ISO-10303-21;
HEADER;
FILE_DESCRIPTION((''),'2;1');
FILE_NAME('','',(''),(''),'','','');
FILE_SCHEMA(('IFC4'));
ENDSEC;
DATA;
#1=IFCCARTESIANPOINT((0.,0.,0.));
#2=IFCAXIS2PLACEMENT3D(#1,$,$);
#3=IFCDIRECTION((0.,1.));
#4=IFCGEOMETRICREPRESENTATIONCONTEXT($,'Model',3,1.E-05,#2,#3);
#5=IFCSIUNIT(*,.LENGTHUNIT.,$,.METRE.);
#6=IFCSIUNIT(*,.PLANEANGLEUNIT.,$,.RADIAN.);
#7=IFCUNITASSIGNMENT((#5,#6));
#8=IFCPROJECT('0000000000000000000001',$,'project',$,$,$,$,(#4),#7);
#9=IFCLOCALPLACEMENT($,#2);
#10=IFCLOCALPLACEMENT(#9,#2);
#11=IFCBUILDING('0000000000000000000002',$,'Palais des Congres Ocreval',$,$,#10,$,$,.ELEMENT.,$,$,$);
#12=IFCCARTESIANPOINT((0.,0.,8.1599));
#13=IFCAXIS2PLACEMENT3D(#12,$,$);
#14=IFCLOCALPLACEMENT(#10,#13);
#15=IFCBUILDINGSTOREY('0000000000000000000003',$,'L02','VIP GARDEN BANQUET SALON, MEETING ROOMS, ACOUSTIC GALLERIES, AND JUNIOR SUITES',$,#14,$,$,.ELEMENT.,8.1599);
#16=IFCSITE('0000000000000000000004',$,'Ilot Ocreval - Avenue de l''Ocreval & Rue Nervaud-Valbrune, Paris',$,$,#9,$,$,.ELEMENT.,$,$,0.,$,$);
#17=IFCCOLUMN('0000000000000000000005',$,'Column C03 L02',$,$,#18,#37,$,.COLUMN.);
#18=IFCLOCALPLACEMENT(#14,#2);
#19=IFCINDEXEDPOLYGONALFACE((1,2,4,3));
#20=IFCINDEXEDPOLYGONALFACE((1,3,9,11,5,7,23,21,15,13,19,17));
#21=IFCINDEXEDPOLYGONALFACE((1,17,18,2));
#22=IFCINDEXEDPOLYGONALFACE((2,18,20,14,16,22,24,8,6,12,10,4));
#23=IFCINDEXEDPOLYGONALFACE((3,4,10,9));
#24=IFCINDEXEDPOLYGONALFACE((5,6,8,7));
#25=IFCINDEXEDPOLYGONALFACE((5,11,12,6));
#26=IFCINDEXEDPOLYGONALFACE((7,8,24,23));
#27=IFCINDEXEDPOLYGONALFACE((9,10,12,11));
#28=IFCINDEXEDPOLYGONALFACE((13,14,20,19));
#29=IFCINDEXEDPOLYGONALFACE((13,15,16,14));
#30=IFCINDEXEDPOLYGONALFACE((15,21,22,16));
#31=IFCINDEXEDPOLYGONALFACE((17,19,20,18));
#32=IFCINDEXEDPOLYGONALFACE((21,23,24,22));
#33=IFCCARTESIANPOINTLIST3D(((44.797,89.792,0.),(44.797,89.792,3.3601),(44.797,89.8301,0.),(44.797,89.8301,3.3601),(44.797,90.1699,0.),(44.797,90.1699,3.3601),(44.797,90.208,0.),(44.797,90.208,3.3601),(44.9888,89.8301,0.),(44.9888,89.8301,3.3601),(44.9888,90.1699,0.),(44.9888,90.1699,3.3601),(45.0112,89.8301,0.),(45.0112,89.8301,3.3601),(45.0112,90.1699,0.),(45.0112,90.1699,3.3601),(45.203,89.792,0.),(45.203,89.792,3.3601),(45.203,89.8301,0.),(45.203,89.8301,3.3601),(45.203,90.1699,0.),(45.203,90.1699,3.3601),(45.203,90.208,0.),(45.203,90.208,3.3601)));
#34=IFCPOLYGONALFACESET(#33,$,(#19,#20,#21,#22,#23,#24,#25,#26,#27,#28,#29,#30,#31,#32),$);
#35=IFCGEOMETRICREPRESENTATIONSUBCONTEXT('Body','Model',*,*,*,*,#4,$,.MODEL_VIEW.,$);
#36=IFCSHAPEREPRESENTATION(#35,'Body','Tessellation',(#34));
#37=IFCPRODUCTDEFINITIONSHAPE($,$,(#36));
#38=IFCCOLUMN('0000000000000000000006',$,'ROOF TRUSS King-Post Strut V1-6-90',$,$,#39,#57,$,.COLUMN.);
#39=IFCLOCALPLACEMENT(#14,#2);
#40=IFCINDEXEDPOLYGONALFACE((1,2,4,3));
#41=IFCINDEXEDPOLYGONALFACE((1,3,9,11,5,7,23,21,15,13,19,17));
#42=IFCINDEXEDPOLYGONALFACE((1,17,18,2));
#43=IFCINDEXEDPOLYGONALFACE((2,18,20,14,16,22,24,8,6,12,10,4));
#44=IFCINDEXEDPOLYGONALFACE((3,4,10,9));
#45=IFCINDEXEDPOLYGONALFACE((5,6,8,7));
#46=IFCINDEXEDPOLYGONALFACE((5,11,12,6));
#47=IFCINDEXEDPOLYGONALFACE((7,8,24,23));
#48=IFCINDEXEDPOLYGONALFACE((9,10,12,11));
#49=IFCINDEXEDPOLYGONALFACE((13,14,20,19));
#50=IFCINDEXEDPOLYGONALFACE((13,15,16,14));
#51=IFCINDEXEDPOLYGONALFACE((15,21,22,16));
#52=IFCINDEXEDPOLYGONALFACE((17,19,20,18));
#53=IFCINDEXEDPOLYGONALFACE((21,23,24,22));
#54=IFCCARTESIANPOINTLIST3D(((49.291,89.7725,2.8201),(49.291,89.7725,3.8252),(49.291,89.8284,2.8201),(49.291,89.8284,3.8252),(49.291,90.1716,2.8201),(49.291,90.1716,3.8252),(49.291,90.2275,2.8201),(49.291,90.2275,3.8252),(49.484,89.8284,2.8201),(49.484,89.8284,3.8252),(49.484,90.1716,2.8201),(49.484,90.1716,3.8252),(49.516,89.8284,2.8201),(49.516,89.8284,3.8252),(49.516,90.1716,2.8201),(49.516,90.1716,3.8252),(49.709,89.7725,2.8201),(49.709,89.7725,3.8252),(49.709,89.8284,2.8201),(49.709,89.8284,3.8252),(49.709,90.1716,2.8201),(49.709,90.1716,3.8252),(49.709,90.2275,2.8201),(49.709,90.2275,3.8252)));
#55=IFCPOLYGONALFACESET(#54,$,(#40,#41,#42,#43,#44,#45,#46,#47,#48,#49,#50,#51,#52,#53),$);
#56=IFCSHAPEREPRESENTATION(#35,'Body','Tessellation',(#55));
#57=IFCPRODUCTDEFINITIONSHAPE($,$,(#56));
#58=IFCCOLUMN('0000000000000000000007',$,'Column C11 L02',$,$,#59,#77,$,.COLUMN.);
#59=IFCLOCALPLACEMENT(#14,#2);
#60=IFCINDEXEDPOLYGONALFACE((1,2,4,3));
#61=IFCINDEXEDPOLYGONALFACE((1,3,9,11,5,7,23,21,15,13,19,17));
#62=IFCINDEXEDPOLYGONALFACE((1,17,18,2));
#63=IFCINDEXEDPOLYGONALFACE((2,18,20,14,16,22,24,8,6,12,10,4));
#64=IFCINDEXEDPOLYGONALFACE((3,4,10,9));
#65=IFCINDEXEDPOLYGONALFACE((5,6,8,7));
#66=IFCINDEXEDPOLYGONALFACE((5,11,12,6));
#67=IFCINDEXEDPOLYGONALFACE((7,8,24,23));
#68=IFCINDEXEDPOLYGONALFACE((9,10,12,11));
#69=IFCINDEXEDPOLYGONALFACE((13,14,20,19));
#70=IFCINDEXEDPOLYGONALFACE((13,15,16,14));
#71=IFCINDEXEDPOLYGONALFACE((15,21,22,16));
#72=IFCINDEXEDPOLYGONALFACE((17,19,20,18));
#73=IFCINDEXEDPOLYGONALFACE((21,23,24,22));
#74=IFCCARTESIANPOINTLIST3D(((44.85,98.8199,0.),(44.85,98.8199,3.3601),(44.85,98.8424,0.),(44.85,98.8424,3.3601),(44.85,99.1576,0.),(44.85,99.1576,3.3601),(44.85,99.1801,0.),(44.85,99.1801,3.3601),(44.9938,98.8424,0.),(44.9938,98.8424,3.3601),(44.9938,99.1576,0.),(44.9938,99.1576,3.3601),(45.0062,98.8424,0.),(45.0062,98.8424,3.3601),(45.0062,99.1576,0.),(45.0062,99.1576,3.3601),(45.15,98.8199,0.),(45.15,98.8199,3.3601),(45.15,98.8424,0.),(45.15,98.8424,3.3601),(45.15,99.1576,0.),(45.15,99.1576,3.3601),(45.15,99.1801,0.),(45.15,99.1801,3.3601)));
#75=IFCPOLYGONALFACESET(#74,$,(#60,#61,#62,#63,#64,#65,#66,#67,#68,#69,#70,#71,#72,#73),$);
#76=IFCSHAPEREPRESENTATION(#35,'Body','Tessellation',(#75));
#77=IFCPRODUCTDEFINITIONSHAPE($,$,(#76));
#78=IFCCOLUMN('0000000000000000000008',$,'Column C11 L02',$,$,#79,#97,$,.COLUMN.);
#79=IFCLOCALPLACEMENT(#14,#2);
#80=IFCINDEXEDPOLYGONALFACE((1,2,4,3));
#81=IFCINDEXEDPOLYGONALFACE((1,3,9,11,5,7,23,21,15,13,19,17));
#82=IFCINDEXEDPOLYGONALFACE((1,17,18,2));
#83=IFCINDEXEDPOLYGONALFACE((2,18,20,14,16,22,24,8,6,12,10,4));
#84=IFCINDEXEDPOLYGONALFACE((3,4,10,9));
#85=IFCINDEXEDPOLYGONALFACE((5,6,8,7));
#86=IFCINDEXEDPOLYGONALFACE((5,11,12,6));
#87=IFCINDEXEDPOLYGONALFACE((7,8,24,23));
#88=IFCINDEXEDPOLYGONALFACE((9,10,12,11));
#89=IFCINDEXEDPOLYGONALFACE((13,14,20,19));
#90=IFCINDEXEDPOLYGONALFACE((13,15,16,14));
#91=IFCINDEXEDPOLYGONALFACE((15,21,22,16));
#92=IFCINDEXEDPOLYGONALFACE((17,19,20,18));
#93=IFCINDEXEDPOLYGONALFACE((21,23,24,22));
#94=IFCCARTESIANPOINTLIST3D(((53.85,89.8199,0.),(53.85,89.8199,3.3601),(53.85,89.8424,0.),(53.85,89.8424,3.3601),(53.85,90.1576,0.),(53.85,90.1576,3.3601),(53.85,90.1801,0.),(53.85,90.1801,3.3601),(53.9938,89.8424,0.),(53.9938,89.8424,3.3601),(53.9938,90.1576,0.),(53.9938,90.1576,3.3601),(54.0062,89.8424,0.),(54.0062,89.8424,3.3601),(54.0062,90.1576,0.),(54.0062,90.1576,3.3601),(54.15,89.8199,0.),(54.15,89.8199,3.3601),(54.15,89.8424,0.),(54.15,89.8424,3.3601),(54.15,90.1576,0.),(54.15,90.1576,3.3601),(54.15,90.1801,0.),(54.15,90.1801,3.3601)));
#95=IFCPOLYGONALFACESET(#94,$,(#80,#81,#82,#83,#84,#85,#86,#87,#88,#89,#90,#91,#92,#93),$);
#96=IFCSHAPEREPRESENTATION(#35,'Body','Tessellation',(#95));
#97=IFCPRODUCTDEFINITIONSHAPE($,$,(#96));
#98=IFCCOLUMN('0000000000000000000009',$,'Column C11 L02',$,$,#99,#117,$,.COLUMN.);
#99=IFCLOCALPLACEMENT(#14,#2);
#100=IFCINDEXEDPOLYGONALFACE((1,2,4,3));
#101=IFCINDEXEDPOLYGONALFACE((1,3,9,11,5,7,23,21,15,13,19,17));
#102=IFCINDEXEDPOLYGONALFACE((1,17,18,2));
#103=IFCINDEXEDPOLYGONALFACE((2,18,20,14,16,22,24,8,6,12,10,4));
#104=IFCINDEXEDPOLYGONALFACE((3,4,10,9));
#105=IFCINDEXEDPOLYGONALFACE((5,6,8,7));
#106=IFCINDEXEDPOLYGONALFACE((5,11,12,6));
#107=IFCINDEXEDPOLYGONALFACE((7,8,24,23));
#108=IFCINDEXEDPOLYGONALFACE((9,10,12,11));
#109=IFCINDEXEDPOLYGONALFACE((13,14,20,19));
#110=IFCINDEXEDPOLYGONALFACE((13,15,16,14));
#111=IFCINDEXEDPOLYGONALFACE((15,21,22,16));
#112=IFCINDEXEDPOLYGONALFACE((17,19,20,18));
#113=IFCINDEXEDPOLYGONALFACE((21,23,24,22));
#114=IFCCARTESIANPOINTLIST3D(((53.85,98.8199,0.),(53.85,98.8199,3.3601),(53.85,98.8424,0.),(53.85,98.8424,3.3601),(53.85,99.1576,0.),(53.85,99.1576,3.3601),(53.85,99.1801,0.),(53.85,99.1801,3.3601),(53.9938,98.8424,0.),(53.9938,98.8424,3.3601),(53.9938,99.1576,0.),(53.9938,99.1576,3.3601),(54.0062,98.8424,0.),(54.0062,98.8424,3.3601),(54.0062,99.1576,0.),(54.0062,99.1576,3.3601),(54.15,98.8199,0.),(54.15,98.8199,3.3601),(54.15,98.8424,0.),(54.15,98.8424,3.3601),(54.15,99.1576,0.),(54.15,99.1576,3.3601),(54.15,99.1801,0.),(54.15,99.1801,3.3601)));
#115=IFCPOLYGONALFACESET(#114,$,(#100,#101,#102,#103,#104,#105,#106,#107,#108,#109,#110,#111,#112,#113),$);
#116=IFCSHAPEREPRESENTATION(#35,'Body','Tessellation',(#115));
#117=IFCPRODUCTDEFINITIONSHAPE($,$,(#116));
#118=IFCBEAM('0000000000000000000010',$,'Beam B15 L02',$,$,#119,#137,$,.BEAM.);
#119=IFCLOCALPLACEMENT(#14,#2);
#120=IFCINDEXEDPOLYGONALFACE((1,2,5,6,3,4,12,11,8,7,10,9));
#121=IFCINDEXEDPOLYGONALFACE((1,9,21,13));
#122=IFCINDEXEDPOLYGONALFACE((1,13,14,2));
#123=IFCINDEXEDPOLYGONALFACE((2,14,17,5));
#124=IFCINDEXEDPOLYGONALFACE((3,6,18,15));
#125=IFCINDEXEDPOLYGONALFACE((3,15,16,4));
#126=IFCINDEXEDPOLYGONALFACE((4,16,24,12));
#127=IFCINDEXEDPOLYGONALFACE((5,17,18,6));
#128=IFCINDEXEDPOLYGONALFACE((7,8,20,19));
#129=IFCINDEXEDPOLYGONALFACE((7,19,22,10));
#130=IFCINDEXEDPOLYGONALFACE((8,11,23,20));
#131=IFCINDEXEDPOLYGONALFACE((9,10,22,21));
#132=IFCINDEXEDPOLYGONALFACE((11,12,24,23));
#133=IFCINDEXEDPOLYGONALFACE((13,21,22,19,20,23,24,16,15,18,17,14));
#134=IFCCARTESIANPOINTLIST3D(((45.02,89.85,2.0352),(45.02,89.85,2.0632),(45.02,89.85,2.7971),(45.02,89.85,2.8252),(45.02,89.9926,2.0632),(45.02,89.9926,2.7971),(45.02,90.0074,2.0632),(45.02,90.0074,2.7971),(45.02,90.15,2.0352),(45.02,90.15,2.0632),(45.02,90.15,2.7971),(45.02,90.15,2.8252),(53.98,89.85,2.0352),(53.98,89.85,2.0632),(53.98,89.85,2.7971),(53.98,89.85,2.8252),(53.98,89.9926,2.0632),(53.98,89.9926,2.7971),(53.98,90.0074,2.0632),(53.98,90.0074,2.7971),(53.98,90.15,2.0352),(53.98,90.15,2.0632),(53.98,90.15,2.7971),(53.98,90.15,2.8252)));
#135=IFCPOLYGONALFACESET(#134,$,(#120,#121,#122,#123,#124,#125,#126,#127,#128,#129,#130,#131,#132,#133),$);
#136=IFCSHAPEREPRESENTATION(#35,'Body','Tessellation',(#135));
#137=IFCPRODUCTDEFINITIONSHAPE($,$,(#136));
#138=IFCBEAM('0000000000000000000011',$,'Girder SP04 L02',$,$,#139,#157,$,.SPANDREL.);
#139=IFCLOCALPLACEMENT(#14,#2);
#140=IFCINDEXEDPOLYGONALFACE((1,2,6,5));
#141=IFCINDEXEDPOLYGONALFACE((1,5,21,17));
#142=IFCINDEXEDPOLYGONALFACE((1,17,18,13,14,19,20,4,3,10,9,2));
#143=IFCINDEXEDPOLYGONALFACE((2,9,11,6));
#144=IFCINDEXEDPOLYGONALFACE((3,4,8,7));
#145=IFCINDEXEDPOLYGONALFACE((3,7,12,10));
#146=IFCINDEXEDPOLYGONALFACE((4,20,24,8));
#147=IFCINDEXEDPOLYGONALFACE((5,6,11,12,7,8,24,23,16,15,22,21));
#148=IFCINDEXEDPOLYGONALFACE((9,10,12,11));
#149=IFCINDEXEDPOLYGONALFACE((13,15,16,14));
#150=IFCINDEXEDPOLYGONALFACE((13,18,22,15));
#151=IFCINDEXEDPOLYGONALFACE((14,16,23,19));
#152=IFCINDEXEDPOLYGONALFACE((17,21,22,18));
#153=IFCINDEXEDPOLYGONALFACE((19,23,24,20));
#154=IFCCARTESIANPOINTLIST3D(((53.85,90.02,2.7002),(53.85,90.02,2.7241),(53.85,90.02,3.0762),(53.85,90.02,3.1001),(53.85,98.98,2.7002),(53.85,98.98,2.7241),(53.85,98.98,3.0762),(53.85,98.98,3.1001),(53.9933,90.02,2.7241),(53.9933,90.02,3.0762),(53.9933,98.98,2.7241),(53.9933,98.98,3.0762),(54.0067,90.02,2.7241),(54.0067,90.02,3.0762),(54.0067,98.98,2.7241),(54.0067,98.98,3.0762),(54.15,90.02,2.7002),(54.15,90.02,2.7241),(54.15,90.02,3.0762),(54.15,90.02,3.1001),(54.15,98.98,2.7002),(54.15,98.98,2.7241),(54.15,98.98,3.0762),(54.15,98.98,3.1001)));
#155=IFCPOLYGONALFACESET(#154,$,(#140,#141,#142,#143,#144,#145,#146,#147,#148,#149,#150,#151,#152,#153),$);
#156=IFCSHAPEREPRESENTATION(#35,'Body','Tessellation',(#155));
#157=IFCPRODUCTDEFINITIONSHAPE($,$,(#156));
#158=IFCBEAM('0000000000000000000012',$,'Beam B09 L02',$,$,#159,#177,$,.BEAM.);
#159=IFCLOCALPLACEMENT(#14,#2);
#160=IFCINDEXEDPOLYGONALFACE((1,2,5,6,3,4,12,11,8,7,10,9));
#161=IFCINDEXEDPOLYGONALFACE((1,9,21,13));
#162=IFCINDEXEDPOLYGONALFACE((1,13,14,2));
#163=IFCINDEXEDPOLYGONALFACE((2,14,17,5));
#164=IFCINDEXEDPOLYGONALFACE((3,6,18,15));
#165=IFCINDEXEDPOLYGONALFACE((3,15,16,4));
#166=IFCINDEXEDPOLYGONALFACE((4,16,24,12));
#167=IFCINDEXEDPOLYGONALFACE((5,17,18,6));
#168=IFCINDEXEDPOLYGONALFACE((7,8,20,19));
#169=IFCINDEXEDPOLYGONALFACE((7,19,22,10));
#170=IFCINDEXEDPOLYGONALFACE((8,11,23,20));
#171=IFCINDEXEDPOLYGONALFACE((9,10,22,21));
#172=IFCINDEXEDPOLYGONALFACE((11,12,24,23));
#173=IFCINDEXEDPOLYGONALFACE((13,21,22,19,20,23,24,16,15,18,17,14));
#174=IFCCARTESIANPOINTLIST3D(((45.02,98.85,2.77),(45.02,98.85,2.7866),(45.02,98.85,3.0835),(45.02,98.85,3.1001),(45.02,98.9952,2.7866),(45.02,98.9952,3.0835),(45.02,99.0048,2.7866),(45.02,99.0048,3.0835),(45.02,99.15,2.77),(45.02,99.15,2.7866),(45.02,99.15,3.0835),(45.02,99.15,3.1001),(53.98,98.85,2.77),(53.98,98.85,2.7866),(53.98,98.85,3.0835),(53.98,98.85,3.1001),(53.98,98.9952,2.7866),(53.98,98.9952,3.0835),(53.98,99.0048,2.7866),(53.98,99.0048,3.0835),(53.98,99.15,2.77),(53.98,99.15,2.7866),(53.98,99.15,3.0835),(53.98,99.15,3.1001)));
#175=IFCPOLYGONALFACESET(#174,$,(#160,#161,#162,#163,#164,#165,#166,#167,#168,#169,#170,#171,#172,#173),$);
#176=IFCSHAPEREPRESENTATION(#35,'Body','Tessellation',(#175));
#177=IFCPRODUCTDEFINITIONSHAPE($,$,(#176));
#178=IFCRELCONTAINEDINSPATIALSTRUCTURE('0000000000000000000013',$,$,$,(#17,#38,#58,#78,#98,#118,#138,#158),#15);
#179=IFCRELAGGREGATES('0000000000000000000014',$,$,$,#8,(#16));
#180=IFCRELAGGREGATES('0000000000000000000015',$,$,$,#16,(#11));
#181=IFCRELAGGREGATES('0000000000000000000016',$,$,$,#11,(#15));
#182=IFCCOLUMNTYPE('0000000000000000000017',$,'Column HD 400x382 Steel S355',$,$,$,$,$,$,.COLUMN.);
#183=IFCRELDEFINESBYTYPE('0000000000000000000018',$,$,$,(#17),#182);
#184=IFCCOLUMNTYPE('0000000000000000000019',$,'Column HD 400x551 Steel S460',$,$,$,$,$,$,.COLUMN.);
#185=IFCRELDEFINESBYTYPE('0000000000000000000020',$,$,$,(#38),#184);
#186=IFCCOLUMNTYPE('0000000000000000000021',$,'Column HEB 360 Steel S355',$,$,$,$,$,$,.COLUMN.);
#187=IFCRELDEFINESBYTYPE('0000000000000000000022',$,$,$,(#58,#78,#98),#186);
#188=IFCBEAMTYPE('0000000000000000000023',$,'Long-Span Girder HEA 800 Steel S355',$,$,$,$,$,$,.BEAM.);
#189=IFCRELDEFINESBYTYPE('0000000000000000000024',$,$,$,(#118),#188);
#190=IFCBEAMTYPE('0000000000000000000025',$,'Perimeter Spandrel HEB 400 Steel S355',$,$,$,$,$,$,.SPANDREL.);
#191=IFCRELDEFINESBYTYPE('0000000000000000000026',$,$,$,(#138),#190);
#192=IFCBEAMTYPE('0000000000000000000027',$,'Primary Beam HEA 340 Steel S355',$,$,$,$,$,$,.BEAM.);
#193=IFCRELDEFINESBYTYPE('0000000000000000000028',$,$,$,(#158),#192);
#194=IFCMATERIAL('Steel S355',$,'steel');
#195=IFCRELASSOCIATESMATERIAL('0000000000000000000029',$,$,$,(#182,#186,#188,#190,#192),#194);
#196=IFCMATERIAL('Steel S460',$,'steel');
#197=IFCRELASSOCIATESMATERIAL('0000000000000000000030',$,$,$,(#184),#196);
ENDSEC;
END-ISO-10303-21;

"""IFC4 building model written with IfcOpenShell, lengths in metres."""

from ifc_helpers import new_model, si_unit, direction, frame, origin, origin_2d, place, context, subcontext, project, spatial, i_section, extrude, material, material_profile, profile_set, type_object, element, save


model = new_model("IFC4")

# Units and contexts
model_context = context("Model", 3, precision=1e-05, world=origin(), true_north=direction((0.0, 1.0)))
body_context = subcontext(model_context, "Body", "Model", "MODEL_VIEW")
ifc_project = project(units=[si_unit("LENGTHUNIT", "METRE"), si_unit("PLANEANGLEUNIT", "RADIAN")], contexts=[model_context])

# Site, building, storey
site_placement = place(None, origin())
site = spatial("IfcSite", under=ifc_project, at=site_placement, Name="Ilot Ocreval - Avenue de l'Ocreval & Rue Nervaud-Valbrune, Paris", CompositionType="ELEMENT", RefElevation=0.0)
building_placement = place(site_placement, origin())
building = spatial("IfcBuilding", under=site, at=building_placement, Name="Palais des Congres Ocreval", CompositionType="ELEMENT")
storey_placement = place(building_placement, frame((0.0, 0.0, 8.1599)))
storey = spatial("IfcBuildingStorey", under=building, at=storey_placement, Name="L02", Description="VIP GARDEN BANQUET SALON, MEETING ROOMS, ACOUSTIC GALLERIES, AND JUNIOR SUITES", CompositionType="ELEMENT", Elevation=8.1599)

# Columns
ifc_material_1 = material(Name="Steel S355", Category="steel")
ifc_material_profile_1 = material_profile(ifc_material_1, i_section(OverallWidth=0.406, OverallDepth=0.416, WebThickness=0.0225, FlangeThickness=0.0381, at=origin_2d()), Name="HD 400x382")
ifc_profile_set_1 = profile_set([ifc_material_profile_1], Name="Steel S355")
column_type_1 = type_object("IfcColumnType", Name="Column HD 400x382 Steel S355", PredefinedType="COLUMN", material=ifc_profile_set_1)
column_1_placement = place(storey_placement, frame((45.0, 90.0, 0.0), z_axis=(0.0, 0.0, 1.0), x_axis=(1.0, 0.0, 0.0)))
element("IfcColumn", 1, at=column_1_placement, inside=storey, type_object=column_type_1, Name="Column C03 L02", PredefinedType="COLUMN", context=body_context, shape_type="SweptSolid", body=[
    extrude(i_section(OverallWidth=0.406, OverallDepth=0.416, WebThickness=0.0225, FlangeThickness=0.0381, at=origin_2d()), origin(), (0.0, 0.0, 1.0), 3.3601),
])
ifc_material_2 = material(Name="Steel S460", Category="steel")
ifc_material_profile_2 = material_profile(ifc_material_2, i_section(OverallWidth=0.418, OverallDepth=0.4551, WebThickness=0.032, FlangeThickness=0.0559, at=origin_2d()), Name="HD 400x551")
ifc_profile_set_2 = profile_set([ifc_material_profile_2], Name="Steel S460")
column_type_2 = type_object("IfcColumnType", Name="Column HD 400x551 Steel S460", PredefinedType="COLUMN", material=ifc_profile_set_2)
column_2_placement = place(storey_placement, frame((49.5, 90.0, 2.8201), z_axis=(0.0, 0.0, 1.0), x_axis=(1.0, 0.0, 0.0)))
element("IfcColumn", 2, at=column_2_placement, inside=storey, type_object=column_type_2, Name="ROOF TRUSS King-Post Strut V1-6-90", PredefinedType="COLUMN", context=body_context, shape_type="SweptSolid", body=[
    extrude(i_section(OverallWidth=0.418, OverallDepth=0.4551, WebThickness=0.032, FlangeThickness=0.0559, at=origin_2d()), origin(), (0.0, 0.0, 1.0), 1.0051),
])
ifc_material_profile_3 = material_profile(ifc_material_1, i_section(OverallWidth=0.3, OverallDepth=0.3601, WebThickness=0.0125, FlangeThickness=0.0225, at=origin_2d()), Name="HEB 360")
ifc_profile_set_3 = profile_set([ifc_material_profile_3], Name="Steel S355")
column_type_3 = type_object("IfcColumnType", Name="Column HEB 360 Steel S355", PredefinedType="COLUMN", material=ifc_profile_set_3)
for number, where, z_axis, x_axis, name in (
    (3, (45.0, 99.0, 0.0), (0.0, 0.0, 1.0), (1.0, 0.0, 0.0), "Column C11 L02"),
    (4, (54.0, 90.0, 0.0), (0.0, 0.0, 1.0), (1.0, 0.0, 0.0), "Column C11 L02"),
    (5, (54.0, 99.0, 0.0), (0.0, 0.0, 1.0), (1.0, 0.0, 0.0), "Column C11 L02"),
):
    element("IfcColumn", number, at=place(storey_placement, frame(where, z_axis=z_axis, x_axis=x_axis)), inside=storey, type_object=column_type_3, Name=name, PredefinedType="COLUMN", context=body_context, shape_type="SweptSolid", body=[
        extrude(i_section(OverallWidth=0.3, OverallDepth=0.3601, WebThickness=0.0125, FlangeThickness=0.0225, at=origin_2d()), origin(), (0.0, 0.0, 1.0), 3.3601),
    ])

# Beams
ifc_material_profile_4 = material_profile(ifc_material_1, i_section(OverallWidth=0.3, OverallDepth=0.79, WebThickness=0.0149, FlangeThickness=0.0281, at=origin_2d()), Name="HEA 800")
ifc_profile_set_4 = profile_set([ifc_material_profile_4], Name="Steel S355")
beam_type_1 = type_object("IfcBeamType", Name="Long-Span Girder HEA 800 Steel S355", PredefinedType="BEAM", material=ifc_profile_set_4)
beam_1_placement = place(storey_placement, frame((45.02, 90.0, 2.4302), z_axis=(1.0, 0.0, 0.0), x_axis=(0.0, 1.0, 0.0)))
element("IfcBeam", 6, at=beam_1_placement, inside=storey, type_object=beam_type_1, Name="Beam B15 L02", PredefinedType="BEAM", context=body_context, shape_type="SweptSolid", body=[
    extrude(i_section(OverallWidth=0.3, OverallDepth=0.79, WebThickness=0.0149, FlangeThickness=0.0281, at=origin_2d()), origin(), (0.0, 0.0, 1.0), 8.96),
])
ifc_material_profile_5 = material_profile(ifc_material_1, i_section(OverallWidth=0.3, OverallDepth=0.3999, WebThickness=0.0134, FlangeThickness=0.0239, at=origin_2d()), Name="HEB 400")
ifc_profile_set_5 = profile_set([ifc_material_profile_5], Name="Steel S355")
beam_type_2 = type_object("IfcBeamType", Name="Perimeter Spandrel HEB 400 Steel S355", PredefinedType="SPANDREL", material=ifc_profile_set_5)
beam_2_placement = place(storey_placement, frame((54.0, 90.02, 2.9001), z_axis=(0.0, 1.0, 0.0), x_axis=(-1.0, 0.0, 0.0)))
element("IfcBeam", 7, at=beam_2_placement, inside=storey, type_object=beam_type_2, Name="Girder SP04 L02", PredefinedType="SPANDREL", context=body_context, shape_type="SweptSolid", body=[
    extrude(i_section(OverallWidth=0.3, OverallDepth=0.3999, WebThickness=0.0134, FlangeThickness=0.0239, at=origin_2d()), origin(), (0.0, 0.0, 1.0), 8.96),
])
ifc_material_profile_6 = material_profile(ifc_material_1, i_section(OverallWidth=0.3, OverallDepth=0.3301, WebThickness=0.0095, FlangeThickness=0.0166, at=origin_2d()), Name="HEA 340")
ifc_profile_set_6 = profile_set([ifc_material_profile_6], Name="Steel S355")
beam_type_3 = type_object("IfcBeamType", Name="Primary Beam HEA 340 Steel S355", PredefinedType="BEAM", material=ifc_profile_set_6)
beam_3_placement = place(storey_placement, frame((45.02, 99.0, 2.9351), z_axis=(1.0, 0.0, 0.0), x_axis=(0.0, 1.0, 0.0)))
element("IfcBeam", 8, at=beam_3_placement, inside=storey, type_object=beam_type_3, Name="Beam B09 L02", PredefinedType="BEAM", context=body_context, shape_type="SweptSolid", body=[
    extrude(i_section(OverallWidth=0.3, OverallDepth=0.3301, WebThickness=0.0095, FlangeThickness=0.0166, at=origin_2d()), origin(), (0.0, 0.0, 1.0), 8.96),
])

save(model, "model.ifc")
